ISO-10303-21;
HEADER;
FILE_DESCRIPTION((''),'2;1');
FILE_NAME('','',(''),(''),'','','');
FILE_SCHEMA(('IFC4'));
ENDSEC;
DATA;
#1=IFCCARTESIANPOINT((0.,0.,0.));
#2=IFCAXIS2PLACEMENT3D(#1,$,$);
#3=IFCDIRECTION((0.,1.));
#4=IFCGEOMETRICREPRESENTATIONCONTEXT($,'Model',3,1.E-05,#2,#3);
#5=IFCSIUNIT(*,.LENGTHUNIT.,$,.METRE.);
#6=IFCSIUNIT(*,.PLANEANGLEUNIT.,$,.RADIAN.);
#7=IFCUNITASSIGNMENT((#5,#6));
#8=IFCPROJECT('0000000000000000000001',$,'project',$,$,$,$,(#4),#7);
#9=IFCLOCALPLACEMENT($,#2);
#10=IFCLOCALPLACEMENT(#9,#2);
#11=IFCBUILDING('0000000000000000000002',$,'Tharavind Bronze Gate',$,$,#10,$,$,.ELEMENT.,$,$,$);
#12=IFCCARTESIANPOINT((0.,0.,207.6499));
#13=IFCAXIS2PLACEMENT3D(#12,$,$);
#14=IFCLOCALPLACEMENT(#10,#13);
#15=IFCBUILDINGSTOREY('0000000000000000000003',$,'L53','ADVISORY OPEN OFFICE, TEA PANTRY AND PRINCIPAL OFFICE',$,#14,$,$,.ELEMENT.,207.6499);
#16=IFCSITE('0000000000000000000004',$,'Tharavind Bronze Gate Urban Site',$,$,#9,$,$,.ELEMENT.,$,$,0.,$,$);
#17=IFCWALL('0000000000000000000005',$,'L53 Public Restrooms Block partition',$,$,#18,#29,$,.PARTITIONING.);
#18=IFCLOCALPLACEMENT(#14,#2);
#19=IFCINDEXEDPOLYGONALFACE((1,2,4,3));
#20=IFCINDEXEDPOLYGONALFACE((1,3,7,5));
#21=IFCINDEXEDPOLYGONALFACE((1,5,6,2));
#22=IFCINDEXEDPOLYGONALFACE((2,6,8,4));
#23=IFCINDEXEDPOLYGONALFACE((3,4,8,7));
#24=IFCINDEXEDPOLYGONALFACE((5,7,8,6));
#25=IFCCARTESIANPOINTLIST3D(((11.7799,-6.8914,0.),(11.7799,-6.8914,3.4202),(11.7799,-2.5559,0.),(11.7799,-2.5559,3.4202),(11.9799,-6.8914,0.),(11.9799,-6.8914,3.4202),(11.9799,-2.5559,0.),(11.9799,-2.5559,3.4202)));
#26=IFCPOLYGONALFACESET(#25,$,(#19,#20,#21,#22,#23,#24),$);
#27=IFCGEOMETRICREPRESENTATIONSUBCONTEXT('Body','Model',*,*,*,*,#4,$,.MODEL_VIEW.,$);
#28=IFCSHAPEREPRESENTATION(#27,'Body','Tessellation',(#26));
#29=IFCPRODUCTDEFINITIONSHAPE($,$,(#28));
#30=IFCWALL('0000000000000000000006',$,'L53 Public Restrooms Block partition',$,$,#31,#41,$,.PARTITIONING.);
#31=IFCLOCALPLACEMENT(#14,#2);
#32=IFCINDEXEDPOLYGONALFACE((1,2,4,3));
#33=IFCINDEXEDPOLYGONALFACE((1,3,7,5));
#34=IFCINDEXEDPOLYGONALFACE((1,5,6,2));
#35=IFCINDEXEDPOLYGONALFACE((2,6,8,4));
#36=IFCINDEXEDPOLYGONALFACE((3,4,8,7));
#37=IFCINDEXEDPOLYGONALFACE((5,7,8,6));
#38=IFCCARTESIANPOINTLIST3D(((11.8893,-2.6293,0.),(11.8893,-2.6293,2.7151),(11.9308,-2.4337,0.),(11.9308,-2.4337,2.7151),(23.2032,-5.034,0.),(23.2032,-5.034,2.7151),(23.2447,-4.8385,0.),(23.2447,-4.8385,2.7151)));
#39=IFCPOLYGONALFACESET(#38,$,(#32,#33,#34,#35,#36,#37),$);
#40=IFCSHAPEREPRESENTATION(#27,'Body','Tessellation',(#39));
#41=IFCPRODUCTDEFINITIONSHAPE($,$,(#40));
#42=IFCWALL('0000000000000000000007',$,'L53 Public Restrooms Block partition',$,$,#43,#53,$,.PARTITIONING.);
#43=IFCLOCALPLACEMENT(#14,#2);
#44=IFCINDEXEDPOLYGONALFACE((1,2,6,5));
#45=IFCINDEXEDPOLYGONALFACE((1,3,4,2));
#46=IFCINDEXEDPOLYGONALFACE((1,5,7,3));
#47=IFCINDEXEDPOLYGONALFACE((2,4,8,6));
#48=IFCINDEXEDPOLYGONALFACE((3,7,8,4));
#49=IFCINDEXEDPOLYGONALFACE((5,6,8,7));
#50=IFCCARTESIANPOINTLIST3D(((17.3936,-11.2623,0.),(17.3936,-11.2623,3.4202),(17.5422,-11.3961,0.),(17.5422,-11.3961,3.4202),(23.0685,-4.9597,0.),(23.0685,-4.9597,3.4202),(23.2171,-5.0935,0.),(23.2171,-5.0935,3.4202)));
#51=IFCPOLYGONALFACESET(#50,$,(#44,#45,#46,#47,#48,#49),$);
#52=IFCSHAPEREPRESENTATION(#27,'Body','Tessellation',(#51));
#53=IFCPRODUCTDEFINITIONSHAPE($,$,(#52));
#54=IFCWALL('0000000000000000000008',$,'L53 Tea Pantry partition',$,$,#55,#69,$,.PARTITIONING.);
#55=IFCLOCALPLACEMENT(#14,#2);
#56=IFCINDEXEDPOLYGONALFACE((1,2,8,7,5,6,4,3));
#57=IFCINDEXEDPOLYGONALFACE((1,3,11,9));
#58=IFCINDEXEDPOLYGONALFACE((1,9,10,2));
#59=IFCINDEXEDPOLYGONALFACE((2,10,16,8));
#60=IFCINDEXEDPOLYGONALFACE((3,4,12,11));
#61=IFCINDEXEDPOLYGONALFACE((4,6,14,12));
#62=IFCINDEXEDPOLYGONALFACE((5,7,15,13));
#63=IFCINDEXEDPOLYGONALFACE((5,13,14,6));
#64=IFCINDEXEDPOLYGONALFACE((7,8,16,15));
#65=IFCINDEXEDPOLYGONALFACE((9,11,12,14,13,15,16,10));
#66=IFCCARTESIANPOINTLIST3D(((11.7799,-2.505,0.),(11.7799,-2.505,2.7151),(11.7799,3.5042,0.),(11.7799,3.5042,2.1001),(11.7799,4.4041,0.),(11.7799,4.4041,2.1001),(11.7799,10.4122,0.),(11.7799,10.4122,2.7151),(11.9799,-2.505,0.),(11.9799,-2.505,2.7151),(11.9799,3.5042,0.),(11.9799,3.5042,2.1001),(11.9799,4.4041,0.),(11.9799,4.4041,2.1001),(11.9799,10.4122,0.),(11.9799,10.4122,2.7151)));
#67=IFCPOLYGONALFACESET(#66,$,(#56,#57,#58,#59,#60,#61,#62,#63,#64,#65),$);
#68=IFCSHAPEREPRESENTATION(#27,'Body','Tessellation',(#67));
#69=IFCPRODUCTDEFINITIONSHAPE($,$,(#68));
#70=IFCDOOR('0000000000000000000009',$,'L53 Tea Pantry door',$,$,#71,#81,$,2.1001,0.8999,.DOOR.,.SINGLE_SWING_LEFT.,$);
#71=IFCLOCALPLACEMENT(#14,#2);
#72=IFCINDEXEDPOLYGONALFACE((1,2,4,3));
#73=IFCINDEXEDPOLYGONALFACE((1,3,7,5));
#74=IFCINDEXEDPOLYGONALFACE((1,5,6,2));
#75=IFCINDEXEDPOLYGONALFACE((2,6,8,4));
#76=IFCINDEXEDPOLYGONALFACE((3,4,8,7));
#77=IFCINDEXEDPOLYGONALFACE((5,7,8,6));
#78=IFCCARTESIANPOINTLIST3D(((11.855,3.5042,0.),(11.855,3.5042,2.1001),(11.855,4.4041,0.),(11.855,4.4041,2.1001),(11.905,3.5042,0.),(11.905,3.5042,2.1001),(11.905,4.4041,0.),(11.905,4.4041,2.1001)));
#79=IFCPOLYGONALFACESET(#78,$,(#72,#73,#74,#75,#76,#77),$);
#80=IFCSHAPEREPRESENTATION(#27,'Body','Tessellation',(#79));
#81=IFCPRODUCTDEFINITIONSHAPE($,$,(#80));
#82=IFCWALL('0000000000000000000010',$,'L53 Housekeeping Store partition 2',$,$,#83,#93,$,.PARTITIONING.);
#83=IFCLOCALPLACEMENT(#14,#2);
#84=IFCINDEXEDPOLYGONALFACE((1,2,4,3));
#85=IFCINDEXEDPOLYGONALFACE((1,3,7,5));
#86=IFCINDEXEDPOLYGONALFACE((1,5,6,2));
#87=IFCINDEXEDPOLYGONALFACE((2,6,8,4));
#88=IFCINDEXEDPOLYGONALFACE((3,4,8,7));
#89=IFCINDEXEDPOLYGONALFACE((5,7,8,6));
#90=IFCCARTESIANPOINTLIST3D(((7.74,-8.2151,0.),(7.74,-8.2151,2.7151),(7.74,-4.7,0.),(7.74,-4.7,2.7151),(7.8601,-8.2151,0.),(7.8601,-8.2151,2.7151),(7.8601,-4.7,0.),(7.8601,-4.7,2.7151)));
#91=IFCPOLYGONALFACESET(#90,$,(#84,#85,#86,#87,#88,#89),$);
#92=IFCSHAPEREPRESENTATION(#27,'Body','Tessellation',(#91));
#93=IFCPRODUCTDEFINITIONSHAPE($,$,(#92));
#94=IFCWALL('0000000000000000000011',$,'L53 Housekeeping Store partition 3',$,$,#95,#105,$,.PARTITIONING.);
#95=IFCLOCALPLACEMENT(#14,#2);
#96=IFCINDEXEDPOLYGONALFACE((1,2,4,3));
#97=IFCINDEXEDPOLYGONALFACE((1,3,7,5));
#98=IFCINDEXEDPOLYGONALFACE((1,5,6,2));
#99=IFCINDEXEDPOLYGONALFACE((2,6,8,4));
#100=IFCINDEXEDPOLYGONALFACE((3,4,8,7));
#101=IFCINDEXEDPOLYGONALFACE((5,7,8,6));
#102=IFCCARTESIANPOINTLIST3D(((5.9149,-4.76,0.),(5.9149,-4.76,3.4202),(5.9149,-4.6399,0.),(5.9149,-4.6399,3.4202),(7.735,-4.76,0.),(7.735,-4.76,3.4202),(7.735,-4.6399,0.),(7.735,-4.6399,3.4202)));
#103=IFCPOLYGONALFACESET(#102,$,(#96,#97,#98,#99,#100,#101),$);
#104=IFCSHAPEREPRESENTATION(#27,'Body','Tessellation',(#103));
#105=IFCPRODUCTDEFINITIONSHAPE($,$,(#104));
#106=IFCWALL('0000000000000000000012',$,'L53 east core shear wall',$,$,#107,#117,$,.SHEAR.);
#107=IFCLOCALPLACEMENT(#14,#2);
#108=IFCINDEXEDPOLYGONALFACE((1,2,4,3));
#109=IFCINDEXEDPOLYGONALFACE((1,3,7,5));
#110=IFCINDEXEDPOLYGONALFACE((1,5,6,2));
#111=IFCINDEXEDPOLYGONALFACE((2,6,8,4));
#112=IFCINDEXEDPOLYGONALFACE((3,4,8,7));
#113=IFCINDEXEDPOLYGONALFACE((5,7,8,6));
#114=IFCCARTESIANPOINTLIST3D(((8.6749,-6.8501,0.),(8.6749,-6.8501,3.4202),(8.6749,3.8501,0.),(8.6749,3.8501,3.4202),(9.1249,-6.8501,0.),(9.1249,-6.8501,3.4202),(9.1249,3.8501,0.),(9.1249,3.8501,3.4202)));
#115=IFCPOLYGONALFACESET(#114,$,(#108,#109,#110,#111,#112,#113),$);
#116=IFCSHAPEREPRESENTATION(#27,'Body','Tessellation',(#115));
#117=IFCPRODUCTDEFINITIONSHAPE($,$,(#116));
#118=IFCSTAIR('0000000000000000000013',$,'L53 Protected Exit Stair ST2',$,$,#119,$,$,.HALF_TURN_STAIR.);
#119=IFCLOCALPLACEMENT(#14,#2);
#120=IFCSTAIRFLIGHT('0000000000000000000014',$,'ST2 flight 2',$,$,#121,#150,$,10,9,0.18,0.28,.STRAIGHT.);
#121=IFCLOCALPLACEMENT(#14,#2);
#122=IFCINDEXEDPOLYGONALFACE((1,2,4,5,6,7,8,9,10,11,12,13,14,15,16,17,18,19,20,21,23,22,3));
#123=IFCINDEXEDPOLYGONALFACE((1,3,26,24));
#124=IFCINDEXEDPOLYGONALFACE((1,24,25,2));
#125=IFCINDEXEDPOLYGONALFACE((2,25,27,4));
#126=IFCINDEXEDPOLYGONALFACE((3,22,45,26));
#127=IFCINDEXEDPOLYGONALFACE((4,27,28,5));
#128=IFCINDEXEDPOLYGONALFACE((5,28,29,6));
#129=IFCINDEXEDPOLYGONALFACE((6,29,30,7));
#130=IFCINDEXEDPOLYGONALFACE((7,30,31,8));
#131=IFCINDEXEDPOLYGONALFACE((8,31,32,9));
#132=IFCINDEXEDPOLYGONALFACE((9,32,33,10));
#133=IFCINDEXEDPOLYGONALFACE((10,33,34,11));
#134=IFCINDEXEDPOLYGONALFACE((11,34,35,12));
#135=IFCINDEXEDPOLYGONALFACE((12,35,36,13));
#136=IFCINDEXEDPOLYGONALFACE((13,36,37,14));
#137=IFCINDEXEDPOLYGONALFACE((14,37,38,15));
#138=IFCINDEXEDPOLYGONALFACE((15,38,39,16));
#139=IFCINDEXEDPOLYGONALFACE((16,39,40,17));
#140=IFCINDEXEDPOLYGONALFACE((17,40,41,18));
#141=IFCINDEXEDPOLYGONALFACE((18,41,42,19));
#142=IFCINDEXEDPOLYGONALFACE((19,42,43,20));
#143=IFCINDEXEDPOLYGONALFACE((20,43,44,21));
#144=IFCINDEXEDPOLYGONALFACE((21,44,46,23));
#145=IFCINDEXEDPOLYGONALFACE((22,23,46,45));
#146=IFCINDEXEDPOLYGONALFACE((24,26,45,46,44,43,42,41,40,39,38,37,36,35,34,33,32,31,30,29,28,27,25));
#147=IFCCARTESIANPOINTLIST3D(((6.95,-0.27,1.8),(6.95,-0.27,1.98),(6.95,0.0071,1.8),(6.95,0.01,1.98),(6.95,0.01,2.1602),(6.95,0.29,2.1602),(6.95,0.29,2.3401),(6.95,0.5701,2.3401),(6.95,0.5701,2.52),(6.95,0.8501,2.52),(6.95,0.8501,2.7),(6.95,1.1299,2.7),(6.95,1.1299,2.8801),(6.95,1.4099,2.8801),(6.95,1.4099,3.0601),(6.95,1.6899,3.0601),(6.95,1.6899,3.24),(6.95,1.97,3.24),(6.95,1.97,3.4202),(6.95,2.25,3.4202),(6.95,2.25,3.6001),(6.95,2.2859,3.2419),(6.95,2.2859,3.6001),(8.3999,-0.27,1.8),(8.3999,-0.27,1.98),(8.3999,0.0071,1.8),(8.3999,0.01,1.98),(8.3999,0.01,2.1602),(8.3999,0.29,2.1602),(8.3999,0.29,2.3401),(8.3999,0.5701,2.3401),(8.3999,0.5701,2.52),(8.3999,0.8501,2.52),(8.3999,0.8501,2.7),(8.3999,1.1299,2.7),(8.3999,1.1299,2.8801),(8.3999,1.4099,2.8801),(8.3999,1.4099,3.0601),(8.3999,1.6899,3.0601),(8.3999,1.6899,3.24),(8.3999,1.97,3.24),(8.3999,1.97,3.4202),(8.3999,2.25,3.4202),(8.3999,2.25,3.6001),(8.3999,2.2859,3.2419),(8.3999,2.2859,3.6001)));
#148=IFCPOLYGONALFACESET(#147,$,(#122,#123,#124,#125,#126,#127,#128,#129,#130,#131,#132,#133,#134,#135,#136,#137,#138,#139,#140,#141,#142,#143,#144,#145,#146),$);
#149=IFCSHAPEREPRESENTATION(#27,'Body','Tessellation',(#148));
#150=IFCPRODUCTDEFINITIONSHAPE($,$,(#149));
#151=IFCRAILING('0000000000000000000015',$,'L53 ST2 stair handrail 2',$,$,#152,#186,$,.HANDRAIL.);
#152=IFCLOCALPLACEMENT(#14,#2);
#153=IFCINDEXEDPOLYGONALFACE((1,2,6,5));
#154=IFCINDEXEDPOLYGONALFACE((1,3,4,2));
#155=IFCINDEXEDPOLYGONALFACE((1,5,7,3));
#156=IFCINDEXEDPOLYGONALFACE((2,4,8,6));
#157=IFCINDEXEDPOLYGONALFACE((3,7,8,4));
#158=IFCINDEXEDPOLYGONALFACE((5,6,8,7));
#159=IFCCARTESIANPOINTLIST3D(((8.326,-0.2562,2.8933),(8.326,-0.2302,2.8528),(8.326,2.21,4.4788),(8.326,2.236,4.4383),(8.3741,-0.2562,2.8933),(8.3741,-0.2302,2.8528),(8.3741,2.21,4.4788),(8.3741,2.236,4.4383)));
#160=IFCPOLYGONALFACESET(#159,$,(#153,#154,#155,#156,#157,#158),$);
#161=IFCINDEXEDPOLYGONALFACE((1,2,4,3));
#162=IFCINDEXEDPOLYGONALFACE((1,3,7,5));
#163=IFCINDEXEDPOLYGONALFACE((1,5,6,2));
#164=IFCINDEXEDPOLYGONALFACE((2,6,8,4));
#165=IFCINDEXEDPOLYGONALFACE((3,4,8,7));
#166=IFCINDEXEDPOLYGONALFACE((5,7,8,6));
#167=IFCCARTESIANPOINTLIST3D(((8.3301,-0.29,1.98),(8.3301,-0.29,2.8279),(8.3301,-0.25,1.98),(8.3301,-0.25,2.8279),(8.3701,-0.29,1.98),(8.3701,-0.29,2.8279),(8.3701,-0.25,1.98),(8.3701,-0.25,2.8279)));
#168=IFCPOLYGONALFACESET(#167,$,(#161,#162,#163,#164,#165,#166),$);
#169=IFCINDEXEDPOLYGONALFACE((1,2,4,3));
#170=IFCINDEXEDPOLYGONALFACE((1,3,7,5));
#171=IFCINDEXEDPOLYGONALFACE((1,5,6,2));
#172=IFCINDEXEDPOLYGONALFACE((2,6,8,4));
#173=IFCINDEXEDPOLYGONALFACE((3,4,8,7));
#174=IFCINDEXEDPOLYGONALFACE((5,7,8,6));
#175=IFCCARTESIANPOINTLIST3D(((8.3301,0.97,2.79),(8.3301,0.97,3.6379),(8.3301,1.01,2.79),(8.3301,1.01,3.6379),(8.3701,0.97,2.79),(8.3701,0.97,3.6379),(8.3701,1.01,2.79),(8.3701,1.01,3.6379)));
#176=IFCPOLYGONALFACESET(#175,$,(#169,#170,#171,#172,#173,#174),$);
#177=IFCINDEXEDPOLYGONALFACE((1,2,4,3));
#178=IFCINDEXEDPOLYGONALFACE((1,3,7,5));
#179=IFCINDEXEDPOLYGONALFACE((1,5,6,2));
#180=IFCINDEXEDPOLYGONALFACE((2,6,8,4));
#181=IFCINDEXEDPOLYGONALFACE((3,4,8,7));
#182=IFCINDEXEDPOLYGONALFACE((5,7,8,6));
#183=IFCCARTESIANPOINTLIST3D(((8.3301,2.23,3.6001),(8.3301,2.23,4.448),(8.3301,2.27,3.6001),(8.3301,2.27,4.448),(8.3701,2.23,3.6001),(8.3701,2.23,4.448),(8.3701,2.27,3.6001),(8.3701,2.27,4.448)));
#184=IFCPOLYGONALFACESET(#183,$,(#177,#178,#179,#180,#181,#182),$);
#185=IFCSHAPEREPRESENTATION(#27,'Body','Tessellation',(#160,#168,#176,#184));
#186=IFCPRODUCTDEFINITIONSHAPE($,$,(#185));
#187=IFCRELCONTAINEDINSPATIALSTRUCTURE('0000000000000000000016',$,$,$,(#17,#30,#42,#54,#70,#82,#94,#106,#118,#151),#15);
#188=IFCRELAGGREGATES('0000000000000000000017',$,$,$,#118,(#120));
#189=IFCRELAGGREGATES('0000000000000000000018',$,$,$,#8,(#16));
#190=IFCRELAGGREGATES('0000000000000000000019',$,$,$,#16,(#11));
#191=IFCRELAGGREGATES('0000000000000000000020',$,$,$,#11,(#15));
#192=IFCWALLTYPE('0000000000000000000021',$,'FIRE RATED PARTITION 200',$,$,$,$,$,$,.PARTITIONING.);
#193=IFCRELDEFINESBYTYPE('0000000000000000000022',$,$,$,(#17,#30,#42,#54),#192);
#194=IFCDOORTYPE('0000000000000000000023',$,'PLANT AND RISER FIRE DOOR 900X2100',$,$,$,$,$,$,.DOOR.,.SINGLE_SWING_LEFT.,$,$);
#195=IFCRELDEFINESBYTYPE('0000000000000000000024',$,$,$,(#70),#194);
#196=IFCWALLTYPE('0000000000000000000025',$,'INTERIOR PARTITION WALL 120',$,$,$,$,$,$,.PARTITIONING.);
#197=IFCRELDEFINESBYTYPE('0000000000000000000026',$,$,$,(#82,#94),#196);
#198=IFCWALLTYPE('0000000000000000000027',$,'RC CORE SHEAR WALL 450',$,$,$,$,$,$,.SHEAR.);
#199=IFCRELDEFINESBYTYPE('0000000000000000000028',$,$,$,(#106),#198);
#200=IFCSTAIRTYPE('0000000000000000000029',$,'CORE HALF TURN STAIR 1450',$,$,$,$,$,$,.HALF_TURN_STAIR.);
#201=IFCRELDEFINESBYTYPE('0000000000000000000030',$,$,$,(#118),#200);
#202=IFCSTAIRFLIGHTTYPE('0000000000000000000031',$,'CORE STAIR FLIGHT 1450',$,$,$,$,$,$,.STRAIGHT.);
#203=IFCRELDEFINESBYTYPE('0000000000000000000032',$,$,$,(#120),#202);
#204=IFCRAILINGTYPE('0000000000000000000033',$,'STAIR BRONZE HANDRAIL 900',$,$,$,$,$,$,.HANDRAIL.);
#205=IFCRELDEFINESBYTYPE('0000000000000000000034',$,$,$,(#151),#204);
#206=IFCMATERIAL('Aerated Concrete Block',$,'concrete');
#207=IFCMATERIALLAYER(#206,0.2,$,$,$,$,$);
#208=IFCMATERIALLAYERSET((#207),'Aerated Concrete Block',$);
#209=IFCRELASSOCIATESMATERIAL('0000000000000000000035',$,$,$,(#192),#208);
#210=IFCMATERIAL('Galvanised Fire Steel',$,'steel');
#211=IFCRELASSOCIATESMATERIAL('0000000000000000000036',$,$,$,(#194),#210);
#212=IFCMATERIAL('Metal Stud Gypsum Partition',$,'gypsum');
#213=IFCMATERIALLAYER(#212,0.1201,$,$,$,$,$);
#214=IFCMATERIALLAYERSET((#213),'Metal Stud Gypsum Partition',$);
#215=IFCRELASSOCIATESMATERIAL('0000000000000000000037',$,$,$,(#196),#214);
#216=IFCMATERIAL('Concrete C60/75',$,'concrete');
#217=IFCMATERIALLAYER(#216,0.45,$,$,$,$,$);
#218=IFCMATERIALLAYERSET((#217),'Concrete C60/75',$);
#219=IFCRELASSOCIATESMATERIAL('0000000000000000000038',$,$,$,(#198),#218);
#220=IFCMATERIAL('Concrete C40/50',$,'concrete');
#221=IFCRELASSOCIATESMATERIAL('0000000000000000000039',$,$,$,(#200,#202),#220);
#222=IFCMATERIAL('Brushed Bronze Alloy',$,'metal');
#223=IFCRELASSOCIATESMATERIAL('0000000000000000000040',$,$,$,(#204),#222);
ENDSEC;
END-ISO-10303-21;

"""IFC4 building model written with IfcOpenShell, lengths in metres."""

from ifc_helpers import new_model, si_unit, direction, frame, frame_2d, origin, origin_2d, place, context, subcontext, project, spatial, polyline, rectangle, outline, extrude, material, layer, layer_set, type_object, element, fill, aggregate, save


model = new_model("IFC4")

# Units and contexts
model_context = context("Model", 3, precision=1e-05, world=origin(), true_north=direction((0.0, 1.0)))
body_context = subcontext(model_context, "Body", "Model", "MODEL_VIEW")
ifc_project = project(units=[si_unit("LENGTHUNIT", "METRE"), si_unit("PLANEANGLEUNIT", "RADIAN")], contexts=[model_context])

# Site, building, storey
site_placement = place(None, origin())
site = spatial("IfcSite", under=ifc_project, at=site_placement, Name="Tharavind Bronze Gate Urban Site", CompositionType="ELEMENT", RefElevation=0.0)
building_placement = place(site_placement, origin())
building = spatial("IfcBuilding", under=site, at=building_placement, Name="Tharavind Bronze Gate", CompositionType="ELEMENT")
storey_placement = place(building_placement, frame((0.0, 0.0, 207.6499)))
storey = spatial("IfcBuildingStorey", under=building, at=storey_placement, Name="L53", Description="ADVISORY OPEN OFFICE, TEA PANTRY AND PRINCIPAL OFFICE", CompositionType="ELEMENT", Elevation=207.6499)

# Shared definitions
ifc_material_1 = material(Name="Concrete C60/75", Category="concrete")

# Shared definitions
ifc_material_2 = material(Name="Aerated Concrete Block", Category="concrete")
ifc_layer_1 = layer(ifc_material_2, 0.2)
ifc_layer_set_1 = layer_set([ifc_layer_1], Name="Aerated Concrete Block")
wall_type_1 = type_object("IfcWallType", Name="FIRE RATED PARTITION 200", PredefinedType="PARTITIONING", material=ifc_layer_set_1)

# Walls
wall_1_placement = place(storey_placement, frame((11.8799, -6.8914, 0.0), z_axis=(0.0, 0.0, 1.0), x_axis=(0.0, 1.0, 0.0)))
element("IfcWall", 1, at=wall_1_placement, inside=storey, type_object=wall_type_1, Name="L53 Public Restrooms Block partition", PredefinedType="PARTITIONING", context=body_context, shape_type="SweptSolid", body=[
    extrude(rectangle(XDim=4.3354, YDim=0.2, at=frame_2d((2.1677, 0.0))), origin(), (0.0, 0.0, 1.0), 3.4202),
])
wall_2_placement = place(storey_placement, frame((11.9102, -2.5315, 0.0), z_axis=(0.0, 0.0, 1.0), x_axis=(0.978149, -0.207906, 0.0)))
element("IfcWall", 2, at=wall_2_placement, inside=storey, type_object=wall_type_1, Name="L53 Public Restrooms Block partition", PredefinedType="PARTITIONING", context=body_context, shape_type="SweptSolid", body=[
    extrude(rectangle(XDim=11.5667, YDim=0.2, at=frame_2d((5.7832, 0.0))), origin(), (0.0, 0.0, 1.0), 2.7151),
])
wall_3_placement = place(storey_placement, frame((23.1428, -5.0266, 0.0), z_axis=(0.0, 0.0, 1.0), x_axis=(-0.669132, -0.743144, 0.0)))
element("IfcWall", 3, at=wall_3_placement, inside=storey, type_object=wall_type_1, Name="L53 Public Restrooms Block partition", PredefinedType="PARTITIONING", context=body_context, shape_type="SweptSolid", body=[
    extrude(rectangle(XDim=8.481, YDim=0.2, at=frame_2d((4.2405, 0.0))), origin(), (0.0, 0.0, 1.0), 3.4202),
])

# Wall, opening, door
wall_4_placement = place(storey_placement, frame((11.8799, -2.5049, 0.0), z_axis=(0.0, 0.0, 1.0), x_axis=(0.0, 1.0, 0.0)))
wall_4 = element("IfcWall", 4, at=wall_4_placement, inside=storey, type_object=wall_type_1, Name="L53 Tea Pantry partition", PredefinedType="PARTITIONING", context=body_context, shape_type="SweptSolid", body=[
    extrude(rectangle(XDim=12.9172, YDim=0.2, at=frame_2d((6.4585, 0.0))), origin(), (0.0, 0.0, 1.0), 2.7151),
])
opening_1_placement = place(wall_4_placement, frame((6.009, 0.0, 0.0)))
opening_1 = element("IfcOpeningElement", 5, at=opening_1_placement, cuts=wall_4, PredefinedType="OPENING", context=body_context, shape_type="SweptSolid", body=[
    extrude(rectangle(XDim=0.8999, YDim=2.1001, at=frame_2d((0.45, 1.05))), frame((0.0, 0.1101, 0.0), z_axis=(0.0, -1.0, 0.0), x_axis=(1.0, 0.0, 0.0)), (0.0, 0.0, 1.0), 0.22),
])
ifc_material_3 = material(Name="Galvanised Fire Steel", Category="steel")
door_type_1 = type_object("IfcDoorType", Name="PLANT AND RISER FIRE DOOR 900X2100", OperationType="SINGLE_SWING_LEFT", PredefinedType="DOOR", material=ifc_material_3)
door_1_placement = place(opening_1_placement, origin())
door_1 = element("IfcDoor", 6, at=door_1_placement, inside=storey, type_object=door_type_1, Name="L53 Tea Pantry door", OperationType="SINGLE_SWING_LEFT", OverallHeight=2.1001, OverallWidth=0.8999, PredefinedType="DOOR", context=body_context, shape_type="SweptSolid", body=[
    extrude(rectangle(XDim=0.8999, YDim=2.1001, at=frame_2d((0.45, 1.05))), frame((0.0, 0.0249, 0.0), z_axis=(0.0, -1.0, 0.0), x_axis=(1.0, 0.0, 0.0)), (0.0, 0.0, 1.0), 0.05),
])
fill(opening_1, door_1)

# Walls
ifc_material_4 = material(Name="Metal Stud Gypsum Partition", Category="gypsum")
ifc_layer_2 = layer(ifc_material_4, 0.1201)
ifc_layer_set_2 = layer_set([ifc_layer_2], Name="Metal Stud Gypsum Partition")
wall_type_2 = type_object("IfcWallType", Name="INTERIOR PARTITION WALL 120", PredefinedType="PARTITIONING", material=ifc_layer_set_2)
wall_5_placement = place(storey_placement, frame((7.8, -8.2151, 0.0), z_axis=(0.0, 0.0, 1.0), x_axis=(0.0, 1.0, 0.0)))
element("IfcWall", 7, at=wall_5_placement, inside=storey, type_object=wall_type_2, Name="L53 Housekeeping Store partition 2", PredefinedType="PARTITIONING", context=body_context, shape_type="SweptSolid", body=[
    extrude(rectangle(XDim=3.5151, YDim=0.1201, at=frame_2d((1.7576, 0.0))), origin(), (0.0, 0.0, 1.0), 2.7151),
])
wall_6_placement = place(storey_placement, frame((7.7351, -4.7, 0.0), z_axis=(0.0, 0.0, 1.0), x_axis=(-1.0, 0.0, 0.0)))
element("IfcWall", 8, at=wall_6_placement, inside=storey, type_object=wall_type_2, Name="L53 Housekeeping Store partition 3", PredefinedType="PARTITIONING", context=body_context, shape_type="SweptSolid", body=[
    extrude(rectangle(XDim=1.8201, YDim=0.1201, at=frame_2d((0.9102, 0.0))), origin(), (0.0, 0.0, 1.0), 3.4202),
])
ifc_layer_3 = layer(ifc_material_1, 0.45)
ifc_layer_set_3 = layer_set([ifc_layer_3], Name="Concrete C60/75")
wall_type_3 = type_object("IfcWallType", Name="RC CORE SHEAR WALL 450", PredefinedType="SHEAR", material=ifc_layer_set_3)
wall_7_placement = place(storey_placement, frame((8.8999, -6.8501, 0.0), z_axis=(0.0, 0.0, 1.0), x_axis=(0.0, 1.0, 0.0)))
element("IfcWall", 9, at=wall_7_placement, inside=storey, type_object=wall_type_3, Name="L53 east core shear wall", PredefinedType="SHEAR", context=body_context, shape_type="SweptSolid", body=[
    extrude(rectangle(XDim=10.7002, YDim=0.45, at=frame_2d((5.3501, 0.0))), origin(), (0.0, 0.0, 1.0), 3.4202),
])

# Stair, stair flight
ifc_material_5 = material(Name="Concrete C40/50", Category="concrete")
stair_type = type_object("IfcStairType", Name="CORE HALF TURN STAIR 1450", PredefinedType="HALF_TURN_STAIR", material=ifc_material_5)
stair_placement = place(storey_placement, origin())
stair = element("IfcStair", 10, at=stair_placement, inside=storey, type_object=stair_type, Name="L53 Protected Exit Stair ST2", PredefinedType="HALF_TURN_STAIR")
stair_flight_type = type_object("IfcStairFlightType", Name="CORE STAIR FLIGHT 1450", PredefinedType="STRAIGHT", material=ifc_material_5)
stair_flight_placement = place(storey_placement, frame((7.675, -0.27, 1.8), z_axis=(0.0, 0.0, 1.0), x_axis=(0.0, 1.0, 0.0)))
stair_flight = element("IfcStairFlight", 11, at=stair_flight_placement, type_object=stair_flight_type, Name="ST2 flight 2", NumberOfRisers=10, NumberOfTreads=9, PredefinedType="STRAIGHT", RiserHeight=0.18, TreadLength=0.28, context=body_context, shape_type="SweptSolid", body=[
    extrude(outline(polyline([(0.0, 0.0), (0.0, 0.1799), (0.28, 0.1799), (0.28, 0.3601), (0.5601, 0.3601), (0.5601, 0.54), (0.8401, 0.54), (0.8401, 0.72), (1.1201, 0.72), (1.1201, 0.8999), (1.3999, 0.8999), (1.3999, 1.0801), (1.6799, 1.0801), (1.6799, 1.26), (1.96, 1.26), (1.96, 1.4399), (2.24, 1.4399), (2.24, 1.6201), (2.52, 1.6201), (2.52, 1.8), (2.5559, 1.8), (2.5559, 1.4419), (0.2771, 0.0), (0.0, 0.0)])), frame((0.0, 0.7251, 0.0), z_axis=(0.0, -1.0, 0.0), x_axis=(1.0, 0.0, 0.0)), (0.0, 0.0, 1.0), 1.45),
])
aggregate(stair, [stair_flight])

# Railing
ifc_material_6 = material(Name="Brushed Bronze Alloy", Category="metal")
railing_type_1 = type_object("IfcRailingType", Name="STAIR BRONZE HANDRAIL 900", PredefinedType="HANDRAIL", material=ifc_material_6)
railing_1_placement = place(storey_placement, frame((8.3501, -0.27, 1.98)))
element("IfcRailing", 12, at=railing_1_placement, inside=storey, type_object=railing_type_1, Name="L53 ST2 stair handrail 2", PredefinedType="HANDRAIL", context=body_context, shape_type="SweptSolid", body=[
    extrude(rectangle(XDim=0.0481, YDim=0.0481, at=origin_2d()), frame((0.0, 0.0269, 0.8931), z_axis=(0.0, 0.841163, 0.540782), x_axis=(-1.0, 0.0, 0.0)), (0.0, 0.0, 1.0), 2.9319),
    extrude(rectangle(XDim=0.04, YDim=0.04, at=origin_2d()), origin(), (0.0, 0.0, 1.0), 0.8479),
    extrude(rectangle(XDim=0.04, YDim=0.04, at=origin_2d()), frame((0.0, 1.26, 0.8101)), (0.0, 0.0, 1.0), 0.8479),
    extrude(rectangle(XDim=0.04, YDim=0.04, at=origin_2d()), frame((0.0, 2.52, 1.6201)), (0.0, 0.0, 1.0), 0.8479),
])

save(model, "model.ifc")
